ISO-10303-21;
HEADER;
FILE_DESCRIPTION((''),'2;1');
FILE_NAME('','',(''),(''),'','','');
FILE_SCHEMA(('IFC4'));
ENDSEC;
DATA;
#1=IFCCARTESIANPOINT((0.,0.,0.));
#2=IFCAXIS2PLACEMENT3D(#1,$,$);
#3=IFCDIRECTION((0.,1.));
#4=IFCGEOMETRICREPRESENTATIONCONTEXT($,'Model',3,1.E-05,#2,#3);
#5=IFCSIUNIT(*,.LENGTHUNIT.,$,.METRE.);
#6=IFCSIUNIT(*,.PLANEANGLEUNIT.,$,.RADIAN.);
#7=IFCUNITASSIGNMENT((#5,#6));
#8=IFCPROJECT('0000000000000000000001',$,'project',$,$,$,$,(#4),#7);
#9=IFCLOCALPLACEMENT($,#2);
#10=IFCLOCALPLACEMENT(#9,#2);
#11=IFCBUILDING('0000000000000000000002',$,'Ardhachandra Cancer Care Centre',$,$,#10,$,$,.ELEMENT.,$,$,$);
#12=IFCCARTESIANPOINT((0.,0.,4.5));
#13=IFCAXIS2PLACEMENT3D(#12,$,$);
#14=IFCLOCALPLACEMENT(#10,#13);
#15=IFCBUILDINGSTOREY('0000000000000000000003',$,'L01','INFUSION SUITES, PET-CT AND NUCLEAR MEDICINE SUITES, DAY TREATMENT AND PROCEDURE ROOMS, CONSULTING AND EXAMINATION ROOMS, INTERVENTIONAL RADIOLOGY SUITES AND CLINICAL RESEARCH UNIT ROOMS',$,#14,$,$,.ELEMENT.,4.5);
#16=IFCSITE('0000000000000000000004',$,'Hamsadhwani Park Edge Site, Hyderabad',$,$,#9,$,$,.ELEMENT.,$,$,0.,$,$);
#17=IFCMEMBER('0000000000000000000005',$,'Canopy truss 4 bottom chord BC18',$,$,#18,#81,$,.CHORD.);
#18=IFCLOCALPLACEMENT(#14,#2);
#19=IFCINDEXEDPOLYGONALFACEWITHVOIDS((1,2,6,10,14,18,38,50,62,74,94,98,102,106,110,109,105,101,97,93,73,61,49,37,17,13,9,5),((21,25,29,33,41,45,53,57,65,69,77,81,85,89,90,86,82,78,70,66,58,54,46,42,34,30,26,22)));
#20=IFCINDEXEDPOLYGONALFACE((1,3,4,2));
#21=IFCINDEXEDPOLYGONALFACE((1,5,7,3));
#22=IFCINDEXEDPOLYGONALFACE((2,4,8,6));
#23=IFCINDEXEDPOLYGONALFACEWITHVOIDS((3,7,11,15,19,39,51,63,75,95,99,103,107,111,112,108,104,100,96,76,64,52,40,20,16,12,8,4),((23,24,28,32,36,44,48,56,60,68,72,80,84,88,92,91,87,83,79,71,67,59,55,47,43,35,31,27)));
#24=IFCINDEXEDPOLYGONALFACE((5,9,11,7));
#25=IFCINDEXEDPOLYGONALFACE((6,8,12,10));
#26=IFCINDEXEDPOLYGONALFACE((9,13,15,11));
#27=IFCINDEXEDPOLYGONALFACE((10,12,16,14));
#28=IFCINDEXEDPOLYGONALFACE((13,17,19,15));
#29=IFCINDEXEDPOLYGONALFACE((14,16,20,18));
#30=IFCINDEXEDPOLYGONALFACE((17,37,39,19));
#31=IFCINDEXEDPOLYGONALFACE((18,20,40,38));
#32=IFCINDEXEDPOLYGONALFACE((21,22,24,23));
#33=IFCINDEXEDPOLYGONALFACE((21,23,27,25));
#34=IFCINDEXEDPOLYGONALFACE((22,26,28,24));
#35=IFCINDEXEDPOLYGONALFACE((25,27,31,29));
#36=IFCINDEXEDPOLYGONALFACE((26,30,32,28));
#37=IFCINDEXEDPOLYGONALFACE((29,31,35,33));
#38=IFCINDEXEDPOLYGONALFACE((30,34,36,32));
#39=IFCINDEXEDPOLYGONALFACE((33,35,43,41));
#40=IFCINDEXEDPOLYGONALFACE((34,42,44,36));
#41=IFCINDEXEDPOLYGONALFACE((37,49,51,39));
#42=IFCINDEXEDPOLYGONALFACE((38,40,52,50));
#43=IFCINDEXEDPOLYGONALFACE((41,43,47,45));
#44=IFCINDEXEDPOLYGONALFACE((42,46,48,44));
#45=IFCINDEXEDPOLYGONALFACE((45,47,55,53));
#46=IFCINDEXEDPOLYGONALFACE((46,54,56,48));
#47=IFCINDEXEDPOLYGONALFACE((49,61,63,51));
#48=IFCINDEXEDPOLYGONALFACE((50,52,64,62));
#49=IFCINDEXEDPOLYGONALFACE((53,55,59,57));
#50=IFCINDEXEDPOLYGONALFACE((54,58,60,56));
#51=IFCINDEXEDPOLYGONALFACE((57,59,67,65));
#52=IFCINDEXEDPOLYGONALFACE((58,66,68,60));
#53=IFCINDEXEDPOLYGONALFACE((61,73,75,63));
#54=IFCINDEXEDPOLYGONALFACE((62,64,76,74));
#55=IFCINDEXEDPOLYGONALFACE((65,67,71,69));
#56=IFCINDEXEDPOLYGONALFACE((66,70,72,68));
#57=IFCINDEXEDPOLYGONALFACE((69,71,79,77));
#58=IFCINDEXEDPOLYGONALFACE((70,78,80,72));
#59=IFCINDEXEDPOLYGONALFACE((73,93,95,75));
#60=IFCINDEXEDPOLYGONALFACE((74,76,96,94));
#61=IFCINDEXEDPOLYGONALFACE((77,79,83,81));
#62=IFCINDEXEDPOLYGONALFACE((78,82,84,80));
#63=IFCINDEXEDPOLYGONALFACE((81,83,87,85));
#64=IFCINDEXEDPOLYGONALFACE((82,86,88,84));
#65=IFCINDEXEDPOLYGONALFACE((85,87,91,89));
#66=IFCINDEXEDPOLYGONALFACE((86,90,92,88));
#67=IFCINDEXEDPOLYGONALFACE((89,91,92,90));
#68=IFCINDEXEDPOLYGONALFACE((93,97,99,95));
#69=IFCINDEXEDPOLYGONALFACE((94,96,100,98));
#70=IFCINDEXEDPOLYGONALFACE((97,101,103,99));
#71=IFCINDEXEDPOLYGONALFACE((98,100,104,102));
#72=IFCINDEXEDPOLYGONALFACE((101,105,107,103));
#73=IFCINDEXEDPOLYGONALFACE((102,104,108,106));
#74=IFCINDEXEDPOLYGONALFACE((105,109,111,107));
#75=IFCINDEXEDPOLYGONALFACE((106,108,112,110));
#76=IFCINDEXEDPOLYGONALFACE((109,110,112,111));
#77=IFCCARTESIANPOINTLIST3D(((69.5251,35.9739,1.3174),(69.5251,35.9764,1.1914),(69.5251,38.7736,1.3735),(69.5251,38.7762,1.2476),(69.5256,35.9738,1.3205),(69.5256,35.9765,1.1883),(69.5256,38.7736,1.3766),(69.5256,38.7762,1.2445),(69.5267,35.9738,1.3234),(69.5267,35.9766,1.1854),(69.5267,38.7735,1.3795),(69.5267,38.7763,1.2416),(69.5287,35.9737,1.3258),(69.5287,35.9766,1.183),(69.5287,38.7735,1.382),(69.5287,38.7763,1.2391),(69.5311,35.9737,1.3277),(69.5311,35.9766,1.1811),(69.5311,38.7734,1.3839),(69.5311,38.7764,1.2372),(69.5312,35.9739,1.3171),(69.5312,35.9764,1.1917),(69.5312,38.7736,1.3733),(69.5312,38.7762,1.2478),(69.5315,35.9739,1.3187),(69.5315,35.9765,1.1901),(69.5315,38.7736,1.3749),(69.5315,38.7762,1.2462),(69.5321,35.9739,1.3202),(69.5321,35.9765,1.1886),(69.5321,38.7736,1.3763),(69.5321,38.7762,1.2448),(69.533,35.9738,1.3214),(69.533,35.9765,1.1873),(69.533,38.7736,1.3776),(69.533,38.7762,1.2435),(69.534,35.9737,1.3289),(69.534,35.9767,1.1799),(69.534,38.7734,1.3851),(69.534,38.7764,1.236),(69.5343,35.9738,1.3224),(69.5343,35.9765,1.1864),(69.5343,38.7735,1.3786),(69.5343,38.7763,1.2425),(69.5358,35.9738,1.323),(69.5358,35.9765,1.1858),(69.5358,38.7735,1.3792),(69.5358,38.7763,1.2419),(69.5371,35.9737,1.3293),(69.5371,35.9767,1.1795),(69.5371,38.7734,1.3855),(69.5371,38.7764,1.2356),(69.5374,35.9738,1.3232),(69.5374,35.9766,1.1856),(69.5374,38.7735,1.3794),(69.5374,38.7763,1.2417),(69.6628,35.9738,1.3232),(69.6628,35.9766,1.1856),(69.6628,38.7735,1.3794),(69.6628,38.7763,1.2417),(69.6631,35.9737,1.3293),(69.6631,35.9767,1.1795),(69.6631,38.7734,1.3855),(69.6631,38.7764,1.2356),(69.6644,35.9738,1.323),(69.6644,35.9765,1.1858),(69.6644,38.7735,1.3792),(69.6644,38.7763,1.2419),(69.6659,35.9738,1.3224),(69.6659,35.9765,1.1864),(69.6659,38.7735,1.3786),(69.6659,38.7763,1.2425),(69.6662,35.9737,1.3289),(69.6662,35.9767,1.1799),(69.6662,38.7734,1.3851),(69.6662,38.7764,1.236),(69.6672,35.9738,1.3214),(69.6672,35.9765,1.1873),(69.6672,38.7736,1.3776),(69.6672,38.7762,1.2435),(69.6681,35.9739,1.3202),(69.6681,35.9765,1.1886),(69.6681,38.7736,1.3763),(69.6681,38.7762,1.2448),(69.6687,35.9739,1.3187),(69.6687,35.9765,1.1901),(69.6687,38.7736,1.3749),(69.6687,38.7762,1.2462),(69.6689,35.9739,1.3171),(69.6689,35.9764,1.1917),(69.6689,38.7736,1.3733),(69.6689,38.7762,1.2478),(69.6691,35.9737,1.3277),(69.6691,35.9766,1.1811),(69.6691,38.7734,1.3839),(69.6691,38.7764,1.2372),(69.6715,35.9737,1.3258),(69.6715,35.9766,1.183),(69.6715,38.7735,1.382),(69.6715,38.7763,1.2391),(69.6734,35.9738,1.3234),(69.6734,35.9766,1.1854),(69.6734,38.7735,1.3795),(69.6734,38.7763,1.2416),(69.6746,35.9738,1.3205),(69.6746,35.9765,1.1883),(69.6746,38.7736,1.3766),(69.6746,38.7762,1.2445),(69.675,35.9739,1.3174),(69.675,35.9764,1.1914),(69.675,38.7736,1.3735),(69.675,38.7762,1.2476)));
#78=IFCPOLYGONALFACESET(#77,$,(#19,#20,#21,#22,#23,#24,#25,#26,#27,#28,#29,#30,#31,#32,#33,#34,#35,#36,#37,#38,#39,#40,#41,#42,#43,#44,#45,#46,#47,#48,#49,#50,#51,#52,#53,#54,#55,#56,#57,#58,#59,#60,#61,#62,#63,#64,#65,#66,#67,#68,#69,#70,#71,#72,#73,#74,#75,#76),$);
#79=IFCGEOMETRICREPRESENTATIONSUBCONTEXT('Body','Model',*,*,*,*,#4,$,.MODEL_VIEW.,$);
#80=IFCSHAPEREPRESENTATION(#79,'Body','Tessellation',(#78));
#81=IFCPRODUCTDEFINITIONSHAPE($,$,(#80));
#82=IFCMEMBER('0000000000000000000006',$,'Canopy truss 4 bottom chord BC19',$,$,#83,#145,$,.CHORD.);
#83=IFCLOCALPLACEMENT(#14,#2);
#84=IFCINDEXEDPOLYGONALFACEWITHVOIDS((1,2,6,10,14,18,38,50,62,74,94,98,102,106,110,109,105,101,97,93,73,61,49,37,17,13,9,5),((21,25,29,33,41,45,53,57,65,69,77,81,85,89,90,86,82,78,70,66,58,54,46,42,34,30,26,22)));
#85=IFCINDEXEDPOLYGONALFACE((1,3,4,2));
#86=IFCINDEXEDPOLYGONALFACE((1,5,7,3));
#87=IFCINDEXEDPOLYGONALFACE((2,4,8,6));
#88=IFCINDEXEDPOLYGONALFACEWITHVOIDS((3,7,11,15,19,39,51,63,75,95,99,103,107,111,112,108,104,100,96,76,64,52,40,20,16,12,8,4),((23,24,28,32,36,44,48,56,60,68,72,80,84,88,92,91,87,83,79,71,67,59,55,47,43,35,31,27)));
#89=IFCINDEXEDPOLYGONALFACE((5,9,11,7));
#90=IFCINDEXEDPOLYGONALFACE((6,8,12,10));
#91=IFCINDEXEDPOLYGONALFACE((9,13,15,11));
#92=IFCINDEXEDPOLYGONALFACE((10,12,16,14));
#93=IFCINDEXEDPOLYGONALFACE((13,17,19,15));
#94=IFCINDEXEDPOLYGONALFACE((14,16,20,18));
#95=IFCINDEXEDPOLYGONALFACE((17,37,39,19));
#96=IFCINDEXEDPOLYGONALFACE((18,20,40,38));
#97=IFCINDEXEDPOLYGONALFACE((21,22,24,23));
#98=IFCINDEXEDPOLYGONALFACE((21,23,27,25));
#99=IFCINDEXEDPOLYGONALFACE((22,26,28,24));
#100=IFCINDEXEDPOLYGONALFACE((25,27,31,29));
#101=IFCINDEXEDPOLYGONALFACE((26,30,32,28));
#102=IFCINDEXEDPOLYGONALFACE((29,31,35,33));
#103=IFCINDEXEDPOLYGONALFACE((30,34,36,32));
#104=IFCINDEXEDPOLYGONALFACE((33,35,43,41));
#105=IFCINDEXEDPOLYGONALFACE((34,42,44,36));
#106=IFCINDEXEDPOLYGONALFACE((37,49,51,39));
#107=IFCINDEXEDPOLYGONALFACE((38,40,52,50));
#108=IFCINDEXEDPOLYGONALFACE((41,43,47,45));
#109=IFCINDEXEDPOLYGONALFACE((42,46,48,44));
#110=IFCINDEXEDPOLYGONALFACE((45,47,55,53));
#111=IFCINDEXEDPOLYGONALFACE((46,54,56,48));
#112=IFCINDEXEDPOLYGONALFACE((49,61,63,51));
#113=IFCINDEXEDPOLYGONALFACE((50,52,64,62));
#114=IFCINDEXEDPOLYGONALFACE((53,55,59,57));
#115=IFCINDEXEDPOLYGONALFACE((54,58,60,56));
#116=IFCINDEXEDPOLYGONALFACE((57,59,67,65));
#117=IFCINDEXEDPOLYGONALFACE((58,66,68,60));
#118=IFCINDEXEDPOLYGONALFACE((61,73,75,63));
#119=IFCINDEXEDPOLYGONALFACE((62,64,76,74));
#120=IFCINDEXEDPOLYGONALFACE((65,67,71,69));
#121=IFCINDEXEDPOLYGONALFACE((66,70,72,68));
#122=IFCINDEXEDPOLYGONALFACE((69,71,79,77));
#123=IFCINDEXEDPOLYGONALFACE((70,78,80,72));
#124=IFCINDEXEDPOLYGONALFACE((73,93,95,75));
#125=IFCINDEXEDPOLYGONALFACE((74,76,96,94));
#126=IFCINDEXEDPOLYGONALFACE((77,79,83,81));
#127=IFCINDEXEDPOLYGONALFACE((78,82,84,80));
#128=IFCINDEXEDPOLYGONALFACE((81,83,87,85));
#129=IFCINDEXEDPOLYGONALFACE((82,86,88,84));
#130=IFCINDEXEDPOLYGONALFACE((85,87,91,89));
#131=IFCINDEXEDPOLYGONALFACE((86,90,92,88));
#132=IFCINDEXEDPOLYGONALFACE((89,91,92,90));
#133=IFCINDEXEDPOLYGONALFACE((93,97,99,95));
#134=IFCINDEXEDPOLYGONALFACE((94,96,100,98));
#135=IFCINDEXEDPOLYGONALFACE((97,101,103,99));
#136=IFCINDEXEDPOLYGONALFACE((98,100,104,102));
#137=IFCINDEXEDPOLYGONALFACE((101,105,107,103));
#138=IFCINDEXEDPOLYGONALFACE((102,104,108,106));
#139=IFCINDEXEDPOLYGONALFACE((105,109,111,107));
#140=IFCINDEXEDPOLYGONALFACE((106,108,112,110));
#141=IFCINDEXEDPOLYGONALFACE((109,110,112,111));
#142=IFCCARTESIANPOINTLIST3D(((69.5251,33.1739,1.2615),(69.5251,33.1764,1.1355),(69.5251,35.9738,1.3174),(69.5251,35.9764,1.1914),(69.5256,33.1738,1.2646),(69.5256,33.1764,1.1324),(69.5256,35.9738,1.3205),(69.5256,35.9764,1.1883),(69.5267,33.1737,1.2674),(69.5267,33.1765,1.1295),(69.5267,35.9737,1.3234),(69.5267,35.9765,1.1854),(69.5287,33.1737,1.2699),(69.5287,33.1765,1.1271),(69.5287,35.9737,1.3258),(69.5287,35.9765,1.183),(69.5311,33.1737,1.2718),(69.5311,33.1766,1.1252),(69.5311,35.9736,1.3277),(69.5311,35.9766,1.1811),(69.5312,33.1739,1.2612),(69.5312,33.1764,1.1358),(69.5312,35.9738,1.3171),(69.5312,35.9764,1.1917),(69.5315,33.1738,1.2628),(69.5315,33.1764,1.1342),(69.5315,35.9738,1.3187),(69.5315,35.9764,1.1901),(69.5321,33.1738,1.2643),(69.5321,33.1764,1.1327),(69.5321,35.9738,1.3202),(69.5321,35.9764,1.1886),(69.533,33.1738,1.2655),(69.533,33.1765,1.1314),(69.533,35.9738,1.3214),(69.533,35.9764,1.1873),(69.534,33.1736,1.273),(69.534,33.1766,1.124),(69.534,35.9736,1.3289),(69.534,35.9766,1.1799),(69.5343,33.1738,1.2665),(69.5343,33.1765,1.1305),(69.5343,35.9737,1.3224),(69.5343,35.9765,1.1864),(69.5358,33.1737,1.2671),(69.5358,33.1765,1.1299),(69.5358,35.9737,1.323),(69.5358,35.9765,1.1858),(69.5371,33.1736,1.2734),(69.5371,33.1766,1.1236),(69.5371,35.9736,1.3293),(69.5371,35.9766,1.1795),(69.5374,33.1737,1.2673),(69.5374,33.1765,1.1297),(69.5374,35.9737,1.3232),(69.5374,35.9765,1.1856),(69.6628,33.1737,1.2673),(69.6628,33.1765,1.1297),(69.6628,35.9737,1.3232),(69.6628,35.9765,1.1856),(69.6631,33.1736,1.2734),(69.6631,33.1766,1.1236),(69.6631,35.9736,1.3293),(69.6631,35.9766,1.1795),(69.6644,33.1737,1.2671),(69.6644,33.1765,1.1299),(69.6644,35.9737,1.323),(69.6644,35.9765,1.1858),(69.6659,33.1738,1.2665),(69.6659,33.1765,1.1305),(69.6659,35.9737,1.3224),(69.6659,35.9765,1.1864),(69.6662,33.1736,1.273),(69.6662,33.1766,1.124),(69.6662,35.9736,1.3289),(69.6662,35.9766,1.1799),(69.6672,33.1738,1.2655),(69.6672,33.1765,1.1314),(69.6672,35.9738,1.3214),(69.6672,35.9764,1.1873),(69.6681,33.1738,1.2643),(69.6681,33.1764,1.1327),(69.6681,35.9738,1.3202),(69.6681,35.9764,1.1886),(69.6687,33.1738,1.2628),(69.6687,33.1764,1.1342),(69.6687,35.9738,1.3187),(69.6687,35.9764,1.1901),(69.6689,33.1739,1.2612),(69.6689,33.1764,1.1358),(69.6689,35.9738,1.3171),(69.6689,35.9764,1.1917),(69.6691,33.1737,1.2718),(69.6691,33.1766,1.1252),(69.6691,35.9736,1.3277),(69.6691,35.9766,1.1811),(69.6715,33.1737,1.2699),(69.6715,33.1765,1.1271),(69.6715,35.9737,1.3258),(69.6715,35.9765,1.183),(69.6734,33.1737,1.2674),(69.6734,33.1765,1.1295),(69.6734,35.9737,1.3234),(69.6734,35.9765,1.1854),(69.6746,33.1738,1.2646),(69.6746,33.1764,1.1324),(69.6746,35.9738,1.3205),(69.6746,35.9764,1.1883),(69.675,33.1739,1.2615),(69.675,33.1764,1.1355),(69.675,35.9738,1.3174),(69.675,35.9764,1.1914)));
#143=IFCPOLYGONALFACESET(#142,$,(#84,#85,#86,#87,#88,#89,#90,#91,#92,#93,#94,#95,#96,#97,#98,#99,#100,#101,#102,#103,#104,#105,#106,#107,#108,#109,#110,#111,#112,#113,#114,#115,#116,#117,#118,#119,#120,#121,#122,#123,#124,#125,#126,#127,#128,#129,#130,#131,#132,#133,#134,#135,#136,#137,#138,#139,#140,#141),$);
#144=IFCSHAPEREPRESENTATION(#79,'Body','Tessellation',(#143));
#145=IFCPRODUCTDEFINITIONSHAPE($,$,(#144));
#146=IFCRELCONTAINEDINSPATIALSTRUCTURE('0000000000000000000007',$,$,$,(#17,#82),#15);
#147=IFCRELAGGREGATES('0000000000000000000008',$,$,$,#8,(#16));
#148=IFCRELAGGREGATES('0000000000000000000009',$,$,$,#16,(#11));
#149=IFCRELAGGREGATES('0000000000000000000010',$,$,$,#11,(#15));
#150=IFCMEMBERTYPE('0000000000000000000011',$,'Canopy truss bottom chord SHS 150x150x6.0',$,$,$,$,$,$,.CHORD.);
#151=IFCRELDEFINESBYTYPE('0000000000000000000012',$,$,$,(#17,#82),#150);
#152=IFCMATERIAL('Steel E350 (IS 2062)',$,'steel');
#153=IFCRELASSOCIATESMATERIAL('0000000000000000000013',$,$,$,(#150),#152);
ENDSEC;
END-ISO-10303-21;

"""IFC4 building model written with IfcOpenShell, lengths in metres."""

from ifc_helpers import new_model, si_unit, direction, frame, origin, origin_2d, place, context, subcontext, project, spatial, hollow_rectangle, extrude, material, material_profile, profile_set, type_object, element, save


model = new_model("IFC4")

# Units and contexts
model_context = context("Model", 3, precision=1e-05, world=origin(), true_north=direction((0.0, 1.0)))
body_context = subcontext(model_context, "Body", "Model", "MODEL_VIEW")
ifc_project = project(units=[si_unit("LENGTHUNIT", "METRE"), si_unit("PLANEANGLEUNIT", "RADIAN")], contexts=[model_context])

# Site, building, storey
site_placement = place(None, origin())
site = spatial("IfcSite", under=ifc_project, at=site_placement, Name="Hamsadhwani Park Edge Site, Hyderabad", CompositionType="ELEMENT", RefElevation=0.0)
building_placement = place(site_placement, origin())
building = spatial("IfcBuilding", under=site, at=building_placement, Name="Ardhachandra Cancer Care Centre", CompositionType="ELEMENT")
storey_placement = place(building_placement, frame((0.0, 0.0, 4.5)))
storey = spatial("IfcBuildingStorey", under=building, at=storey_placement, Name="L01", Description="INFUSION SUITES, PET-CT AND NUCLEAR MEDICINE SUITES, DAY TREATMENT AND PROCEDURE ROOMS, CONSULTING AND EXAMINATION ROOMS, INTERVENTIONAL RADIOLOGY SUITES AND CLINICAL RESEARCH UNIT ROOMS", CompositionType="ELEMENT", Elevation=4.5)

# Members
ifc_material_1 = material(Name="Steel E350 (IS 2062)", Category="steel")
ifc_material_profile_1 = material_profile(ifc_material_1, hollow_rectangle(XDim=0.1499, YDim=0.1499, WallThickness=0.0061, InnerFilletRadius=0.0061, OuterFilletRadius=0.012, at=origin_2d()), Name="SHS 150x150x6.0")
ifc_profile_set_1 = profile_set([ifc_material_profile_1], Name="Steel E350 (IS 2062)")
member_type_1 = type_object("IfcMemberType", Name="Canopy truss bottom chord SHS 150x150x6.0", PredefinedType="CHORD", material=ifc_profile_set_1)
member_1_placement = place(storey_placement, frame((69.6001, 38.7749, 1.3105), z_axis=(0.0, -0.999799, -0.020052), x_axis=(1.0, 0.0, 0.0)))
element("IfcMember", 1, at=member_1_placement, inside=storey, type_object=member_type_1, Name="Canopy truss 4 bottom chord BC18", PredefinedType="CHORD", context=body_context, shape_type="SweptSolid", body=[
    extrude(hollow_rectangle(XDim=0.1499, YDim=0.1499, WallThickness=0.0061, InnerFilletRadius=0.0061, OuterFilletRadius=0.012, at=origin_2d()), origin(), (0.0, 0.0, 1.0), 2.8003),
])
for number, where, z_axis, x_axis, name in (
    (2, (69.6001, 35.9751, 1.2544), (0.0, -0.999801, -0.019963), (1.0, 0.0, 0.0), "Canopy truss 4 bottom chord BC19"),
):
    element("IfcMember", number, at=place(storey_placement, frame(where, z_axis=z_axis, x_axis=x_axis)), inside=storey, type_object=member_type_1, Name=name, PredefinedType="CHORD", context=body_context, shape_type="SweptSolid", body=[
        extrude(hollow_rectangle(XDim=0.1499, YDim=0.1499, WallThickness=0.0061, InnerFilletRadius=0.0061, OuterFilletRadius=0.012, at=origin_2d()), origin(), (0.0, 0.0, 1.0), 2.8005),
    ])

save(model, "model.ifc")
